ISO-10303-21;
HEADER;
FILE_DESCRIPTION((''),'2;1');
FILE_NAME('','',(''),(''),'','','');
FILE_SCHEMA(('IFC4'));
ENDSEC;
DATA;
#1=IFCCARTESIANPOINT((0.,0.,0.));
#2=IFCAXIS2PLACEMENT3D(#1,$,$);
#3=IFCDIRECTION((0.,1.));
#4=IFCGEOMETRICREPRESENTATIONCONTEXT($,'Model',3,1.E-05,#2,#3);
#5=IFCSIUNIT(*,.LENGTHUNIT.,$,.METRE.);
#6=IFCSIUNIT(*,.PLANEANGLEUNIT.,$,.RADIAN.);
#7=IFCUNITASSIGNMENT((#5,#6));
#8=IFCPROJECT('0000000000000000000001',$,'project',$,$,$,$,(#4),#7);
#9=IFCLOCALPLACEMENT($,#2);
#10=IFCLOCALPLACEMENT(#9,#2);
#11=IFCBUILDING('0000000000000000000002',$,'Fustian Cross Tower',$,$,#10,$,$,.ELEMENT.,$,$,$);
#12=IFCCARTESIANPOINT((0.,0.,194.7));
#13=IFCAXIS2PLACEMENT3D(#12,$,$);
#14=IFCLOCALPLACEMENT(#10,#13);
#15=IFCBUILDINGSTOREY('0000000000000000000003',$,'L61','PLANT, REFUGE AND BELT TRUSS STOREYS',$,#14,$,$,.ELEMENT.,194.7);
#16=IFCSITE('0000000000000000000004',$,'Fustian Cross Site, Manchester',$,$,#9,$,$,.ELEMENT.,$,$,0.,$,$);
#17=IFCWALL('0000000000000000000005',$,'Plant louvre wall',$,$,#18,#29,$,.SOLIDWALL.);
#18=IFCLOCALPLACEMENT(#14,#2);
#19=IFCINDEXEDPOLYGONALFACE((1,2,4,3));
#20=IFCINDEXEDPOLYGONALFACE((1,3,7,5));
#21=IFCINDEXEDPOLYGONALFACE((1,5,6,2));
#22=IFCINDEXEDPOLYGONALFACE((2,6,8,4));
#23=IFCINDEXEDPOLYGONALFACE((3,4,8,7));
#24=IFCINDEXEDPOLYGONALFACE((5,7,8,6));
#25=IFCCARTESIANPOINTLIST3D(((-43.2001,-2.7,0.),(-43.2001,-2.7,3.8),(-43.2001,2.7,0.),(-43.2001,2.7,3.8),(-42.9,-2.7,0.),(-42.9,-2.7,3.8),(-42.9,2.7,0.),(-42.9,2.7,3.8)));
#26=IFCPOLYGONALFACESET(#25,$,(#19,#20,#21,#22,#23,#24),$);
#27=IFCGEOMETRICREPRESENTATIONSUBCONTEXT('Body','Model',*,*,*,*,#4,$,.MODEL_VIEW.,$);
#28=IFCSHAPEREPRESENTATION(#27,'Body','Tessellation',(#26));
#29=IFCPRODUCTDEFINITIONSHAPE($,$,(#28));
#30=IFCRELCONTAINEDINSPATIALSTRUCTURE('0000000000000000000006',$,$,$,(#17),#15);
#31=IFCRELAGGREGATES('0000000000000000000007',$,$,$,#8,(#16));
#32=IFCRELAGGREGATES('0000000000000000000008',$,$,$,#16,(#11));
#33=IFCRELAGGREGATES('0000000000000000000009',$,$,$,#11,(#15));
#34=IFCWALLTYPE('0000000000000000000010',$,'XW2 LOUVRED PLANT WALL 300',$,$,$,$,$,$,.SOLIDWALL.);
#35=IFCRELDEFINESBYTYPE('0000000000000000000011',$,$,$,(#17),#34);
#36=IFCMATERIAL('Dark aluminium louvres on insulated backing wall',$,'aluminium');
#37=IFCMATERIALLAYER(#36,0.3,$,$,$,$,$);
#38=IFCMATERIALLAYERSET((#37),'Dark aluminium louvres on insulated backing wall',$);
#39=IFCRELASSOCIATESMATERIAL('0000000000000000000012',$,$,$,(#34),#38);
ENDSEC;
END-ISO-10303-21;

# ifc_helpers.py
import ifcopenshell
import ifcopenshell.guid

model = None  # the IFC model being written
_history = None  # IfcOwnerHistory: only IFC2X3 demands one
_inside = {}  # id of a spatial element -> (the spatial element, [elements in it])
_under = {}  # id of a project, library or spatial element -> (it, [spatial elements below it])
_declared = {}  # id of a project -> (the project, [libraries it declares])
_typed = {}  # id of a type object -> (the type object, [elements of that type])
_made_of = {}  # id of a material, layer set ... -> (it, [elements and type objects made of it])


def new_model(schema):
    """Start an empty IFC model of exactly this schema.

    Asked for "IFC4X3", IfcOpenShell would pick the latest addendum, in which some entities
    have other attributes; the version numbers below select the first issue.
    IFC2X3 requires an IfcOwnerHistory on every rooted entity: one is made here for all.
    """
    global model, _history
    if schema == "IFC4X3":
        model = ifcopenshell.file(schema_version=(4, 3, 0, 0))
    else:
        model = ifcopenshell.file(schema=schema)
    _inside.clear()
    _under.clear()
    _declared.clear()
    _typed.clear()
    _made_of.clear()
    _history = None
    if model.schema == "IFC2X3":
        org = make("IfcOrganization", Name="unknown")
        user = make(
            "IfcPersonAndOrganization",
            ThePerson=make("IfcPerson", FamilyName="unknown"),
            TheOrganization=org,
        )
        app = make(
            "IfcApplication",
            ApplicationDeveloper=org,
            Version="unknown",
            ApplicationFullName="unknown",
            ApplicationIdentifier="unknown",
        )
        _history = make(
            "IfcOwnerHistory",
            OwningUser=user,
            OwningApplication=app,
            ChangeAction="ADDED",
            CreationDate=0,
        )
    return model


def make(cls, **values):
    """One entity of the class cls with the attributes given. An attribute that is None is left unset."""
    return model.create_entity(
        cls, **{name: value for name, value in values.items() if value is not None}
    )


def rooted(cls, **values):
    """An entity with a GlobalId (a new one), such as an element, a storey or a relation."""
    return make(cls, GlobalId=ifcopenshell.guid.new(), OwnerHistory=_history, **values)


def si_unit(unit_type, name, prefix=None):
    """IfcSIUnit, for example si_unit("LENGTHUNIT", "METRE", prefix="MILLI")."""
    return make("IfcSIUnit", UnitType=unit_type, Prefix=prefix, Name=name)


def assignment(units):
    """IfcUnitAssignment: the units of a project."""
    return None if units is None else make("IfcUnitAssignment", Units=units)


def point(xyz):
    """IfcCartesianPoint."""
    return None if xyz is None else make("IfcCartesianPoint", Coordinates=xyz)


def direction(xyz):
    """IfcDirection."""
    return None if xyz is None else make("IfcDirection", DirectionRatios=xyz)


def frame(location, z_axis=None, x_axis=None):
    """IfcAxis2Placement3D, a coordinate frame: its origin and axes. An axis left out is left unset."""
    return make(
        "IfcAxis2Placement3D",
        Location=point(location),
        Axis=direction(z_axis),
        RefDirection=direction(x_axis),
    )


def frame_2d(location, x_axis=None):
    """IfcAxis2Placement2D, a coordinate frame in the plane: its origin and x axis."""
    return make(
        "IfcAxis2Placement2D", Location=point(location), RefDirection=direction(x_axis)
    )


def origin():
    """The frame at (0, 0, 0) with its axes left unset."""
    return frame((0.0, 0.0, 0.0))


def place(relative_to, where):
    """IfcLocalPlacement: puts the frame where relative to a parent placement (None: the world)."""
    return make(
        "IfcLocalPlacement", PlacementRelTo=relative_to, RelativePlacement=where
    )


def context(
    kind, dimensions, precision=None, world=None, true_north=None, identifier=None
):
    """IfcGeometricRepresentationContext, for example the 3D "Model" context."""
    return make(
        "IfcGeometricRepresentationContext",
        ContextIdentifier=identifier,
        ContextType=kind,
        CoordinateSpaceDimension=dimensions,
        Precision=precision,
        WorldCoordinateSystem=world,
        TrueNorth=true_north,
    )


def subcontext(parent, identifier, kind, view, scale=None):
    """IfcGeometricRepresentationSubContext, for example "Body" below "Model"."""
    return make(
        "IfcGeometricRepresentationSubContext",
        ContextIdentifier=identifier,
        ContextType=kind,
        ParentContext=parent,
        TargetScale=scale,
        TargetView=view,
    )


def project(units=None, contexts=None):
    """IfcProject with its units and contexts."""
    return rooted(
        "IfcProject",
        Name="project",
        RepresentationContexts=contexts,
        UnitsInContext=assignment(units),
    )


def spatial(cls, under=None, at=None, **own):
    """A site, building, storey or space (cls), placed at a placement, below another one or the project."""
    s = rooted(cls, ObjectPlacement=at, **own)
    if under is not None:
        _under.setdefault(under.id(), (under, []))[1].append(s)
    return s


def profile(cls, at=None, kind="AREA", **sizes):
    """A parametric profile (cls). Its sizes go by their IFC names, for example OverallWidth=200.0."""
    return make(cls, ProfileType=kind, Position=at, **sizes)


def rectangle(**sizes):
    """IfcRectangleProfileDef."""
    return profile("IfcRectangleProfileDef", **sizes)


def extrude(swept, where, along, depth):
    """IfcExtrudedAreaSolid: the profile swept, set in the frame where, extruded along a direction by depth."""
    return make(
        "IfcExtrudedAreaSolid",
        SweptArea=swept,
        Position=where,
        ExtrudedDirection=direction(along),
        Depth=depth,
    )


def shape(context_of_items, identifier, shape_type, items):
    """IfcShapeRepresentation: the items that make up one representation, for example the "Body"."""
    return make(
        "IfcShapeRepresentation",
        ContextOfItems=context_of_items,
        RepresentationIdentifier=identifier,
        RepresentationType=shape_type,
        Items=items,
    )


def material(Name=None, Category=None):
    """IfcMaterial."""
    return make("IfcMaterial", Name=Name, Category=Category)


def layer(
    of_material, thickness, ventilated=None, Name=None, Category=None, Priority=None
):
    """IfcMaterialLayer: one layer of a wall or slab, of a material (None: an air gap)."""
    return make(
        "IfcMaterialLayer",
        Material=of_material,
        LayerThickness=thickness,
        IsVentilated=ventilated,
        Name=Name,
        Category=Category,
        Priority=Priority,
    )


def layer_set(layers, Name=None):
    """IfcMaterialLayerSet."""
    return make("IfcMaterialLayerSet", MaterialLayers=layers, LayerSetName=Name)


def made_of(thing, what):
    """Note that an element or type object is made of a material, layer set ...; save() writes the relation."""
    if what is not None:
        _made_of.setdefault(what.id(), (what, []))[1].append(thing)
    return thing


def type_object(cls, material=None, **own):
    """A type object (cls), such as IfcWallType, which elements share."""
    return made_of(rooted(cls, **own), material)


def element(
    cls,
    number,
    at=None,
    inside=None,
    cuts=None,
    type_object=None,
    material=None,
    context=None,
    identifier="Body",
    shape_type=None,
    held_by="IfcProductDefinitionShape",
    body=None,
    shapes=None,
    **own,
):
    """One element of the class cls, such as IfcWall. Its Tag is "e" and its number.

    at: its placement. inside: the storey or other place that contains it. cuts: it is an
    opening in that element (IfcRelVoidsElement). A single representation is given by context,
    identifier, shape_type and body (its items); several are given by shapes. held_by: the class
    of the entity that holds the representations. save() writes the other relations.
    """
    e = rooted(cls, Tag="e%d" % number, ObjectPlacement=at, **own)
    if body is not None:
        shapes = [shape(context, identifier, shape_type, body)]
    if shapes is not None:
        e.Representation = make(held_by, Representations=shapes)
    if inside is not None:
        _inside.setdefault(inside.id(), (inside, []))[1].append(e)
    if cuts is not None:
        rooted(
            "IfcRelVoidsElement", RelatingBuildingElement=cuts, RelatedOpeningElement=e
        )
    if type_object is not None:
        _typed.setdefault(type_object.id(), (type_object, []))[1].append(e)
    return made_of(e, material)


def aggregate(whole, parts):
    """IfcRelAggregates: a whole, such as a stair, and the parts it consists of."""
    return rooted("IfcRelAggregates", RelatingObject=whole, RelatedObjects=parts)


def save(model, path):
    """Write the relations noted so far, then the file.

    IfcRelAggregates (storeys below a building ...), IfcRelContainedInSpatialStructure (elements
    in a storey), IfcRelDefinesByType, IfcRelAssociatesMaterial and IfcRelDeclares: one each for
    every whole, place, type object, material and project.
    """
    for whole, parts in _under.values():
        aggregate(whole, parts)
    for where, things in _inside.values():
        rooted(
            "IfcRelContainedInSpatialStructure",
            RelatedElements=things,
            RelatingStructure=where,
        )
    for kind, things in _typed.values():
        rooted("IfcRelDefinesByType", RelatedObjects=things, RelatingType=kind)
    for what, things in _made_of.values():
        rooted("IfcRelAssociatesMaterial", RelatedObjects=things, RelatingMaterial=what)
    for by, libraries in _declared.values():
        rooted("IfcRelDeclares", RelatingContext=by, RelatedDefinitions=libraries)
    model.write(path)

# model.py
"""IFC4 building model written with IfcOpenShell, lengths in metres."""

from ifc_helpers import new_model, si_unit, direction, frame, frame_2d, origin, place, context, subcontext, project, spatial, rectangle, extrude, material, layer, layer_set, type_object, element, save


model = new_model("IFC4")

# Units and contexts
model_context = context("Model", 3, precision=1e-05, world=origin(), true_north=direction((0.0, 1.0)))
body_context = subcontext(model_context, "Body", "Model", "MODEL_VIEW")
ifc_project = project(units=[si_unit("LENGTHUNIT", "METRE"), si_unit("PLANEANGLEUNIT", "RADIAN")], contexts=[model_context])

# Site, building, storey
site_placement = place(None, origin())
site = spatial("IfcSite", under=ifc_project, at=site_placement, Name="Fustian Cross Site, Manchester", CompositionType="ELEMENT", RefElevation=0.0)
building_placement = place(site_placement, origin())
building = spatial("IfcBuilding", under=site, at=building_placement, Name="Fustian Cross Tower", CompositionType="ELEMENT")
storey_placement = place(building_placement, frame((0.0, 0.0, 194.7)))
storey = spatial("IfcBuildingStorey", under=building, at=storey_placement, Name="L61", Description="PLANT, REFUGE AND BELT TRUSS STOREYS", CompositionType="ELEMENT", Elevation=194.7)

# Wall
ifc_material_1 = material(Name="Dark aluminium louvres on insulated backing wall", Category="aluminium")
ifc_layer_1 = layer(ifc_material_1, 0.3)
ifc_layer_set_1 = layer_set([ifc_layer_1], Name="Dark aluminium louvres on insulated backing wall")
wall_type_1 = type_object("IfcWallType", Name="XW2 LOUVRED PLANT WALL 300", PredefinedType="SOLIDWALL", material=ifc_layer_set_1)
wall_1_placement = place(storey_placement, frame((-43.05, 2.7, 0.0), z_axis=(0.0, 0.0, 1.0), x_axis=(0.0, -1.0, 0.0)))
element("IfcWall", 1, at=wall_1_placement, inside=storey, type_object=wall_type_1, Name="Plant louvre wall", PredefinedType="SOLIDWALL", context=body_context, shape_type="SweptSolid", body=[
    extrude(rectangle(XDim=5.3999, YDim=0.3, at=frame_2d((2.7, 0.0))), origin(), (0.0, 0.0, 1.0), 3.8),
])

save(model, "model.ifc")
